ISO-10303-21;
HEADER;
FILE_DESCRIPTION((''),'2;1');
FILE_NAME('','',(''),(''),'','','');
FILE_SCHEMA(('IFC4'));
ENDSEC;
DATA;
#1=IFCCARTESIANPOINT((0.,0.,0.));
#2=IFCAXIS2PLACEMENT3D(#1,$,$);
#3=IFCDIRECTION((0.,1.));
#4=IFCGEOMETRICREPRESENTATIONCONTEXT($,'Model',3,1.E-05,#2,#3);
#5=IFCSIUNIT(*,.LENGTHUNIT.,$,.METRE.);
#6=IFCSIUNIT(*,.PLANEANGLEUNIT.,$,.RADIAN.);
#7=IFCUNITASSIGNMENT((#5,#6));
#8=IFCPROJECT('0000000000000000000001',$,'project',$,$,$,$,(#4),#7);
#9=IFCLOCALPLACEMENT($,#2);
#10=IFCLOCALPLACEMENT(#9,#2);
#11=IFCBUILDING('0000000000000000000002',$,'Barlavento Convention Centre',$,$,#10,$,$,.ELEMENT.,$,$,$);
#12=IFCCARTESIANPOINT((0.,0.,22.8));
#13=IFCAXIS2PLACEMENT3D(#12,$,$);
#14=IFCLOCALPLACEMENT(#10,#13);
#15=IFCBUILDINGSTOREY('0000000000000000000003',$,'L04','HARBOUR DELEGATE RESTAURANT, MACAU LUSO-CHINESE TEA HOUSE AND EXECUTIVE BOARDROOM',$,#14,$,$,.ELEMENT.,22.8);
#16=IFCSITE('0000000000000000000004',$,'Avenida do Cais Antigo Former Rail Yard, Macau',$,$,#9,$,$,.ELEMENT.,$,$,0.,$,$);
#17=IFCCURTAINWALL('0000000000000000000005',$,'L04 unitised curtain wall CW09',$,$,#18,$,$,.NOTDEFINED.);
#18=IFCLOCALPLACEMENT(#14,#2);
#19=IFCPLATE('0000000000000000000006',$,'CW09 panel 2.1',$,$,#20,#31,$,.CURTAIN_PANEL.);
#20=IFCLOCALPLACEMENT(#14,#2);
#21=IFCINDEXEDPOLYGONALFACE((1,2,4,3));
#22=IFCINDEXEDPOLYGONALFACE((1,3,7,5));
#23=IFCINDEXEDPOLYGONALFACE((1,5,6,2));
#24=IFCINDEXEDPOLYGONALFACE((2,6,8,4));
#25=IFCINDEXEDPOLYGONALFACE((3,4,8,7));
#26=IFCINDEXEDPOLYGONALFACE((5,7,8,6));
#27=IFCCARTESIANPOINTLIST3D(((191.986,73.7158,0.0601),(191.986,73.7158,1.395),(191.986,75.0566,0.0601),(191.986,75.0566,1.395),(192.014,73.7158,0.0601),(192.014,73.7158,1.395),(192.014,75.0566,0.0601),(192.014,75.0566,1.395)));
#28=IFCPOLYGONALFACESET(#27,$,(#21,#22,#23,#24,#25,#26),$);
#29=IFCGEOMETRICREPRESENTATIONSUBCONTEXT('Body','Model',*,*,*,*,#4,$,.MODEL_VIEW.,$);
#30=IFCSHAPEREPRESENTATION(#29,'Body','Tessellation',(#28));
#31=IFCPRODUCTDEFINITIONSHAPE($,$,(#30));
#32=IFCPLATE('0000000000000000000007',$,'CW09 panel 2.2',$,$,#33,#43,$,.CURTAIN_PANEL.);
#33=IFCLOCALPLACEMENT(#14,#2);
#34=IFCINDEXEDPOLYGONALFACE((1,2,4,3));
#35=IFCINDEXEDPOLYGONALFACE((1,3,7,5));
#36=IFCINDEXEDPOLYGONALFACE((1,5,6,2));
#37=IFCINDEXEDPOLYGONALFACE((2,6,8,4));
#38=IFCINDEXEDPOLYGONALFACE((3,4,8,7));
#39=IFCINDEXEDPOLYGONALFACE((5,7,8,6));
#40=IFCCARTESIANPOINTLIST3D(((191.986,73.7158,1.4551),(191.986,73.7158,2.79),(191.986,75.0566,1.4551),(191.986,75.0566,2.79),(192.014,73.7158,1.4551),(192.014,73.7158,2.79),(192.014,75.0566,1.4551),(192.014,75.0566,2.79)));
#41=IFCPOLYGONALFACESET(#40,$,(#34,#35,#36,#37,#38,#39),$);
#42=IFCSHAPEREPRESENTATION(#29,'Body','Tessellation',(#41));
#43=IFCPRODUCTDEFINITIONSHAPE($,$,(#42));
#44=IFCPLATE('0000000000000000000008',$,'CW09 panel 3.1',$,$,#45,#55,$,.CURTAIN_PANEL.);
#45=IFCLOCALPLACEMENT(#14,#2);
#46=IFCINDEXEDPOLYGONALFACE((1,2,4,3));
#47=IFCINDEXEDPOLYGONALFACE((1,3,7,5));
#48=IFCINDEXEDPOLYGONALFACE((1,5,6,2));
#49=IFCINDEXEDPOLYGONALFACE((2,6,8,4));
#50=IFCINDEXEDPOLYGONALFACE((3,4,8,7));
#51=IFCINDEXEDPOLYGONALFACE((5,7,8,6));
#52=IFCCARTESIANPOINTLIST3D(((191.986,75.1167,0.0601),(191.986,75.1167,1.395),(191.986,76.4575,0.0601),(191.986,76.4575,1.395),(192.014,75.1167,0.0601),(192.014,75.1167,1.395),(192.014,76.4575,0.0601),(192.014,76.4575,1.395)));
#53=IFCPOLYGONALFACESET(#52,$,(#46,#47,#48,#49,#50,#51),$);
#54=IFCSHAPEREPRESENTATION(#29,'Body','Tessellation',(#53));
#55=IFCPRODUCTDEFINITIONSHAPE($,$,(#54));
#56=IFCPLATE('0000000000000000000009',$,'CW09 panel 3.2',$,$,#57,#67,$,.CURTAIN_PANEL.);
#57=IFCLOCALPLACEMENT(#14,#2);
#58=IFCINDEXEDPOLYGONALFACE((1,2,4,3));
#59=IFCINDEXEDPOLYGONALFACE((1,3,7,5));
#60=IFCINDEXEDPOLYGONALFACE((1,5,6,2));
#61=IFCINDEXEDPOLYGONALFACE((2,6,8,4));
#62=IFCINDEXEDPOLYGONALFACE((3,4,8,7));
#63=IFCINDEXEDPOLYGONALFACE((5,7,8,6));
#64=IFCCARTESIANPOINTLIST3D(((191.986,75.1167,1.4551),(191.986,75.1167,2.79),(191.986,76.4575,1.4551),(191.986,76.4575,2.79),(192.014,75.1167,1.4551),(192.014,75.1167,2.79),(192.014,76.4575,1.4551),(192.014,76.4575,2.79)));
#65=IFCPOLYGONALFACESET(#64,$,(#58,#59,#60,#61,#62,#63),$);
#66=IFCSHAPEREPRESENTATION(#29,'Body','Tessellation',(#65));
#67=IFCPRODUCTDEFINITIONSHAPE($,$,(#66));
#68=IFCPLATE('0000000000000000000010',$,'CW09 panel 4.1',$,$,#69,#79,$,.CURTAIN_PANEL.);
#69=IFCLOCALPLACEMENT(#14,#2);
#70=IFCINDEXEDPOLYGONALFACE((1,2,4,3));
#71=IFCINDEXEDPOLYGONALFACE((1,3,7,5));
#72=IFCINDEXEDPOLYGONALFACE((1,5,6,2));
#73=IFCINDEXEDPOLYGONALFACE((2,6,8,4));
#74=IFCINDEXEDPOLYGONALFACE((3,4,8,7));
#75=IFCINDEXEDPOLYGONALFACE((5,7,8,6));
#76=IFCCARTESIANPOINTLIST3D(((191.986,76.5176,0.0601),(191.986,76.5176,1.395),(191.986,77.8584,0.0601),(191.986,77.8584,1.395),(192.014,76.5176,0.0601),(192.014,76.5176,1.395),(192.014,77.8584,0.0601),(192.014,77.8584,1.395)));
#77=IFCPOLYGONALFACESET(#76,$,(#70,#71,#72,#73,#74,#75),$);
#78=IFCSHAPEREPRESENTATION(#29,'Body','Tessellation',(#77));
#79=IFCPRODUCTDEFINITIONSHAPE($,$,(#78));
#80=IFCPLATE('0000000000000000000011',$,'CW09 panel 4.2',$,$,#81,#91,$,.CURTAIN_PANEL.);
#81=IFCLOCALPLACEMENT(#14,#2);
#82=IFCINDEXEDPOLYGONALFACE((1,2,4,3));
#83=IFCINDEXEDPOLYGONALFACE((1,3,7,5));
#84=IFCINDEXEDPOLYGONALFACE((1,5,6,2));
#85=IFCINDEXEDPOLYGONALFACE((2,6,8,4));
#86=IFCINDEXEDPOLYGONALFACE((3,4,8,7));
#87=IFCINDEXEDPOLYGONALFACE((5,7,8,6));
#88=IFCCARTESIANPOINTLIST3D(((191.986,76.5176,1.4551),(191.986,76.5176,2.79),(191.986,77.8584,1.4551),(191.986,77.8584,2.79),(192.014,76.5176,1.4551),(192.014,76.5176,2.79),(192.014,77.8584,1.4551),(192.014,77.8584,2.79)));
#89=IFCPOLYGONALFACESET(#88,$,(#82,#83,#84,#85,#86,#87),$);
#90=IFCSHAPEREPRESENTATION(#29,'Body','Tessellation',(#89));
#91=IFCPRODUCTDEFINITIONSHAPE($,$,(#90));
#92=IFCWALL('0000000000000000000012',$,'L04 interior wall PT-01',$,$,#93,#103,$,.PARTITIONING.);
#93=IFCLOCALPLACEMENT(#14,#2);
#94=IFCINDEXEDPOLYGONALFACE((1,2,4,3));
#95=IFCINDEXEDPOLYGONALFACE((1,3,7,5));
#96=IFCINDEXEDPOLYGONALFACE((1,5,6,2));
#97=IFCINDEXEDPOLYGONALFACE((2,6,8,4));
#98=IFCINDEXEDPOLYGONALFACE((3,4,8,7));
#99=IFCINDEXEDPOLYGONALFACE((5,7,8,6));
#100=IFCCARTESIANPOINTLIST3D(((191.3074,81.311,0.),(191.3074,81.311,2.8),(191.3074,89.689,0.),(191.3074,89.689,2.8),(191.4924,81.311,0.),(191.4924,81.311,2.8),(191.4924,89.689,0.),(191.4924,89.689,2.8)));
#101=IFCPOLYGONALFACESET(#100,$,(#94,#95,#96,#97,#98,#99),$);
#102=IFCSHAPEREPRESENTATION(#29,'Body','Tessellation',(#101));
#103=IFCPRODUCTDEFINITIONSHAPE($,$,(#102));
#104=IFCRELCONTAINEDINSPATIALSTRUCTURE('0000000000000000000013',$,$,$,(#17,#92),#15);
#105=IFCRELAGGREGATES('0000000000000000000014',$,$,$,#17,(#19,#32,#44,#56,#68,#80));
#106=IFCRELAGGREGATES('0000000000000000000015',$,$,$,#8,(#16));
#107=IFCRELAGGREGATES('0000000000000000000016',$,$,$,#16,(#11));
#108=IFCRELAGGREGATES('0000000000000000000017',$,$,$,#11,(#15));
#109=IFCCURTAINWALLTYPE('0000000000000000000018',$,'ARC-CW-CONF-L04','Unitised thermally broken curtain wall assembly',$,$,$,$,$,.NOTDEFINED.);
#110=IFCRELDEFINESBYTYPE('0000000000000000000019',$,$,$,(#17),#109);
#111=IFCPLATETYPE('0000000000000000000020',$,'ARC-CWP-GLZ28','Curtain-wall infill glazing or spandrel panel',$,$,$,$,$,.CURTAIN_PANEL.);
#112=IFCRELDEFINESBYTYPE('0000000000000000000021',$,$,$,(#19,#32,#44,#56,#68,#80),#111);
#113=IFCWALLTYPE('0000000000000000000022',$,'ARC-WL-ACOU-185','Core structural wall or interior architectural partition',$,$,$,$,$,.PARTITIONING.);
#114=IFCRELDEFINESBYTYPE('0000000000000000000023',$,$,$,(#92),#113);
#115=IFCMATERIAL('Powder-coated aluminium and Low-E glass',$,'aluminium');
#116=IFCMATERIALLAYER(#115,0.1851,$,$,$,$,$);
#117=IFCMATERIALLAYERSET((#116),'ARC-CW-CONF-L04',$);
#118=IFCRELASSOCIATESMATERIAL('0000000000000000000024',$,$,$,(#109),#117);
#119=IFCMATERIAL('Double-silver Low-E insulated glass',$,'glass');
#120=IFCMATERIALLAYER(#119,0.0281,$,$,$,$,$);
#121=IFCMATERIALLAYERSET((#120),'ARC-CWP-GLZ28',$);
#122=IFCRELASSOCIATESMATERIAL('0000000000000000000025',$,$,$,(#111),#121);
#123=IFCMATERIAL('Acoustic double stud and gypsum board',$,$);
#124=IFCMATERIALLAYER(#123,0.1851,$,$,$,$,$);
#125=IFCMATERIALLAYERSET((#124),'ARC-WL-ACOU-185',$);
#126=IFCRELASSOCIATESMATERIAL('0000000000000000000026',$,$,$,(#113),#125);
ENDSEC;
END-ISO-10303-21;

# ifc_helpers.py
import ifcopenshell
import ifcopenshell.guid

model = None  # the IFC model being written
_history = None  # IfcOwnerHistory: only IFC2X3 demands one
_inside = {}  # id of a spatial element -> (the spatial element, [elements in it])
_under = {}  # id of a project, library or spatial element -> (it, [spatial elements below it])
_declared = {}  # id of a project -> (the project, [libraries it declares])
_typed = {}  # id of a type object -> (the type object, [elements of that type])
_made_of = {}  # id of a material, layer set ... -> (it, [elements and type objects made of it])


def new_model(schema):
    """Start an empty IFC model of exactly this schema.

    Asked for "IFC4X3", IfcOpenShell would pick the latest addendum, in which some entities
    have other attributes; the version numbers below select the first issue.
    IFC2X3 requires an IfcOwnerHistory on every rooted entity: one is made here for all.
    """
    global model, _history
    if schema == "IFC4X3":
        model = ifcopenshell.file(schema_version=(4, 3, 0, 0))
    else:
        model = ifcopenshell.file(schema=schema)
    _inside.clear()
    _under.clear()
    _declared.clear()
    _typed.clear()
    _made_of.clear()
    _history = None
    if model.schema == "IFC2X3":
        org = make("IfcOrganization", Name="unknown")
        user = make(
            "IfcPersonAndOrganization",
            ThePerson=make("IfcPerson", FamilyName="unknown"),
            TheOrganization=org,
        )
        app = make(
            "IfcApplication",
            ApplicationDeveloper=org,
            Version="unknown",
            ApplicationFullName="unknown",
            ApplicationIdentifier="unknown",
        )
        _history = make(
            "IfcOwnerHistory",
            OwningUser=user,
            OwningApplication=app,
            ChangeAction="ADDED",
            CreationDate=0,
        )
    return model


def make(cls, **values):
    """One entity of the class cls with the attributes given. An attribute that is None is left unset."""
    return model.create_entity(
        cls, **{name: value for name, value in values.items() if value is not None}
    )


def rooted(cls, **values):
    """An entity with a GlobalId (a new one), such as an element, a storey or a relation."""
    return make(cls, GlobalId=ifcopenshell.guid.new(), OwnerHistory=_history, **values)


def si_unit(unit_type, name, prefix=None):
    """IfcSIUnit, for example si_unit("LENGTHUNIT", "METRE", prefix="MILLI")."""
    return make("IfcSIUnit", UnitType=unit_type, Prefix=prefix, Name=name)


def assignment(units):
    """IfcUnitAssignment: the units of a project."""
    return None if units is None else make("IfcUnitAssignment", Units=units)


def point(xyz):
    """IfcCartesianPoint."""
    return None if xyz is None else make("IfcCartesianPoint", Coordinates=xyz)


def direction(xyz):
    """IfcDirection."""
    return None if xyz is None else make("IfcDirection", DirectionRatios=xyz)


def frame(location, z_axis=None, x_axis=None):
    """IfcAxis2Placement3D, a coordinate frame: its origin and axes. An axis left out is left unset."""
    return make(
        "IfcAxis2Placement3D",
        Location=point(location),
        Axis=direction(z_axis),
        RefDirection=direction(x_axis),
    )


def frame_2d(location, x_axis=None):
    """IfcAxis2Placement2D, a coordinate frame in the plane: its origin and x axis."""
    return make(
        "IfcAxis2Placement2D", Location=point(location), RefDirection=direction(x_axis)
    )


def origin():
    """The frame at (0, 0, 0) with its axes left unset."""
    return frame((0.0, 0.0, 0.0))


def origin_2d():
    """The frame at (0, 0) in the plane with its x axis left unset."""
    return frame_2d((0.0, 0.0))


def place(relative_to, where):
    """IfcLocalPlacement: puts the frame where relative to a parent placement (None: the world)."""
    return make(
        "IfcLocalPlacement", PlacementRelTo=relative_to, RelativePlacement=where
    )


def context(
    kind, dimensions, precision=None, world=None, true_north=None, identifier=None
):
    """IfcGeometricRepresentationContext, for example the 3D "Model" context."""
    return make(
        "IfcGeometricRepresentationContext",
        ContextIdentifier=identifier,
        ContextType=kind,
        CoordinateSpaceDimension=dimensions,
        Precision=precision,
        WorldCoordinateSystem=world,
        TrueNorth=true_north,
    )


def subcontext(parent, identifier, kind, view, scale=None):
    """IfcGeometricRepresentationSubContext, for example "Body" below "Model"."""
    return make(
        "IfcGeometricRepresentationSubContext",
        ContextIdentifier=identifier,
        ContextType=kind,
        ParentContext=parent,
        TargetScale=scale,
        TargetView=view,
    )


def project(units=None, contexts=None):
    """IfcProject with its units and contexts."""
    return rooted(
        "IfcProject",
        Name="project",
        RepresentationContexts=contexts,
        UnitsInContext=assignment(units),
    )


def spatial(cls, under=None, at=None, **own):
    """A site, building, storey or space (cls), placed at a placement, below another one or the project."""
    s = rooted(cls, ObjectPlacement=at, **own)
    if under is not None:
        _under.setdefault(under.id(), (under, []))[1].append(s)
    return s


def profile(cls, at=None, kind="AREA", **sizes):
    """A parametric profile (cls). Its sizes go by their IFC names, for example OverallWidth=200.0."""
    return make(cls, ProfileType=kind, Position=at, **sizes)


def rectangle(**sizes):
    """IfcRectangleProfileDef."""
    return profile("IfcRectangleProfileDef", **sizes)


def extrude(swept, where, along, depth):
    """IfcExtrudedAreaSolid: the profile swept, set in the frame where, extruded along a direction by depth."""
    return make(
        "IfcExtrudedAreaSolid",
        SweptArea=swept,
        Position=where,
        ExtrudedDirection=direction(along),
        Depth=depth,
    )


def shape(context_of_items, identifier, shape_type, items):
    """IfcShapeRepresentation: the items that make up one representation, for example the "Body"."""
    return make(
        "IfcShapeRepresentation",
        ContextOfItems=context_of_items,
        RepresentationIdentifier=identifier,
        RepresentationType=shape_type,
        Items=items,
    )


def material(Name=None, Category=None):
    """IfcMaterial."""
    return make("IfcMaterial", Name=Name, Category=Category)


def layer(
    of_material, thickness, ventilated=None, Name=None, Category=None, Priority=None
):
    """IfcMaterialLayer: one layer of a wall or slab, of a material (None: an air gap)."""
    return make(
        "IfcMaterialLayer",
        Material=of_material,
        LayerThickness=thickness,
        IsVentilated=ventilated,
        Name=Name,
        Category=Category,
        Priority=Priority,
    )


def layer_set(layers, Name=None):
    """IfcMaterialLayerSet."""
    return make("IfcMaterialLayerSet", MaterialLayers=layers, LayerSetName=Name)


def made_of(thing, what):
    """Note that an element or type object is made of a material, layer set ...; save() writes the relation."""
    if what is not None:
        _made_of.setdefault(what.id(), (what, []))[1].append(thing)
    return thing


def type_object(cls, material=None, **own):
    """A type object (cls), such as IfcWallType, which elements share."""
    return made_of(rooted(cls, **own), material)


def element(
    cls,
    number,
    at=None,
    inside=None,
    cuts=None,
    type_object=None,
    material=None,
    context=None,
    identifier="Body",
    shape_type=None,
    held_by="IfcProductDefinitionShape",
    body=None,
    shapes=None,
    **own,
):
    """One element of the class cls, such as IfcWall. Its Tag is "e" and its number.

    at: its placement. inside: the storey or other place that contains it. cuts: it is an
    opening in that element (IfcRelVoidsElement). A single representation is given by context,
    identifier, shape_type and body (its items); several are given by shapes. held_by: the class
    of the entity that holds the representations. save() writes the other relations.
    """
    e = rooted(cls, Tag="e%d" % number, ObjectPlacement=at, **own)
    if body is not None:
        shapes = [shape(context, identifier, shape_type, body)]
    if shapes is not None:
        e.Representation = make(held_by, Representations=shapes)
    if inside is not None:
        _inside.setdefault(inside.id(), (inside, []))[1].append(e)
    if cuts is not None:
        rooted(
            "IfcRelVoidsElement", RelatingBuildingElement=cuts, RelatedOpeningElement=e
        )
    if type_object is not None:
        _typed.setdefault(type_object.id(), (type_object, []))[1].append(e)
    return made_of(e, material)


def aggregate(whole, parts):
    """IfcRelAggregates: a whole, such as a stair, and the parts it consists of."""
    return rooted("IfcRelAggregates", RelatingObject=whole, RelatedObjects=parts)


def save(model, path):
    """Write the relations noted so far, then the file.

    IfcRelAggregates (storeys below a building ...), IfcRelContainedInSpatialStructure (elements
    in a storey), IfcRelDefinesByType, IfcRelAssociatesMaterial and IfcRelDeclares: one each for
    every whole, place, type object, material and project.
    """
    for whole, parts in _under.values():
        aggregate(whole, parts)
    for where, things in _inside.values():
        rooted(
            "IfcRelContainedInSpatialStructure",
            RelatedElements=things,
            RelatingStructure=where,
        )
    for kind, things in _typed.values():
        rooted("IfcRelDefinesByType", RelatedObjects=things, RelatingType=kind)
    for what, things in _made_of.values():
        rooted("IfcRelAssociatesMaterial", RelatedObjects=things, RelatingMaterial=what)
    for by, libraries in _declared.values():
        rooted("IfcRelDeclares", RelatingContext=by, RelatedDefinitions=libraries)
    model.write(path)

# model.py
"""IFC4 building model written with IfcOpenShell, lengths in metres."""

from ifc_helpers import new_model, si_unit, direction, frame, frame_2d, origin, origin_2d, place, context, subcontext, project, spatial, rectangle, extrude, material, layer, layer_set, type_object, element, aggregate, save


model = new_model("IFC4")

# Units and contexts
model_context = context("Model", 3, precision=1e-05, world=origin(), true_north=direction((0.0, 1.0)))
body_context = subcontext(model_context, "Body", "Model", "MODEL_VIEW")
ifc_project = project(units=[si_unit("LENGTHUNIT", "METRE"), si_unit("PLANEANGLEUNIT", "RADIAN")], contexts=[model_context])

# Site, building, storey
site_placement = place(None, origin())
site = spatial("IfcSite", under=ifc_project, at=site_placement, Name="Avenida do Cais Antigo Former Rail Yard, Macau", CompositionType="ELEMENT", RefElevation=0.0)
building_placement = place(site_placement, origin())
building = spatial("IfcBuilding", under=site, at=building_placement, Name="Barlavento Convention Centre", CompositionType="ELEMENT")
storey_placement = place(building_placement, frame((0.0, 0.0, 22.8)))
storey = spatial("IfcBuildingStorey", under=building, at=storey_placement, Name="L04", Description="HARBOUR DELEGATE RESTAURANT, MACAU LUSO-CHINESE TEA HOUSE AND EXECUTIVE BOARDROOM", CompositionType="ELEMENT", Elevation=22.8)

# Curtain wall
ifc_material_1 = material(Name="Powder-coated aluminium and Low-E glass", Category="aluminium")
ifc_layer_1 = layer(ifc_material_1, 0.1851)
ifc_layer_set_1 = layer_set([ifc_layer_1], Name="ARC-CW-CONF-L04")
curtain_wall_type = type_object("IfcCurtainWallType", Name="ARC-CW-CONF-L04", Description="Unitised thermally broken curtain wall assembly", PredefinedType="NOTDEFINED", material=ifc_layer_set_1)
curtain_wall_placement = place(storey_placement, origin())
curtain_wall = element("IfcCurtainWall", 1, at=curtain_wall_placement, inside=storey, type_object=curtain_wall_type, Name="L04 unitised curtain wall CW09", PredefinedType="NOTDEFINED")

# Plates
ifc_material_2 = material(Name="Double-silver Low-E insulated glass", Category="glass")
ifc_layer_2 = layer(ifc_material_2, 0.0281)
ifc_layer_set_2 = layer_set([ifc_layer_2], Name="ARC-CWP-GLZ28")
plate_type = type_object("IfcPlateType", Name="ARC-CWP-GLZ28", Description="Curtain-wall infill glazing or spandrel panel", PredefinedType="CURTAIN_PANEL", material=ifc_layer_set_2)
plate_1_placement = place(storey_placement, frame((192.0, 74.3862, 0.0601), z_axis=(0.0, 0.0, 1.0), x_axis=(0.0, 1.0, 0.0)))
plate_1 = element("IfcPlate", 2, at=plate_1_placement, type_object=plate_type, Name="CW09 panel 2.1", PredefinedType="CURTAIN_PANEL", context=body_context, shape_type="SweptSolid", body=[
    extrude(rectangle(XDim=1.3408, YDim=0.0281, at=origin_2d()), origin(), (0.0, 0.0, 1.0), 1.335),
])
plate_2_placement = place(storey_placement, frame((192.0, 74.3862, 1.4551), z_axis=(0.0, 0.0, 1.0), x_axis=(0.0, 1.0, 0.0)))
plate_2 = element("IfcPlate", 3, at=plate_2_placement, type_object=plate_type, Name="CW09 panel 2.2", PredefinedType="CURTAIN_PANEL", context=body_context, shape_type="SweptSolid", body=[
    extrude(rectangle(XDim=1.3408, YDim=0.0281, at=origin_2d()), origin(), (0.0, 0.0, 1.0), 1.335),
])
plate_3_placement = place(storey_placement, frame((192.0, 75.7871, 0.0601), z_axis=(0.0, 0.0, 1.0), x_axis=(0.0, 1.0, 0.0)))
plate_3 = element("IfcPlate", 4, at=plate_3_placement, type_object=plate_type, Name="CW09 panel 3.1", PredefinedType="CURTAIN_PANEL", context=body_context, shape_type="SweptSolid", body=[
    extrude(rectangle(XDim=1.3408, YDim=0.0281, at=origin_2d()), origin(), (0.0, 0.0, 1.0), 1.335),
])
plate_4_placement = place(storey_placement, frame((192.0, 75.7871, 1.4551), z_axis=(0.0, 0.0, 1.0), x_axis=(0.0, 1.0, 0.0)))
plate_4 = element("IfcPlate", 5, at=plate_4_placement, type_object=plate_type, Name="CW09 panel 3.2", PredefinedType="CURTAIN_PANEL", context=body_context, shape_type="SweptSolid", body=[
    extrude(rectangle(XDim=1.3408, YDim=0.0281, at=origin_2d()), origin(), (0.0, 0.0, 1.0), 1.335),
])
plate_5_placement = place(storey_placement, frame((192.0, 77.188, 0.0601), z_axis=(0.0, 0.0, 1.0), x_axis=(0.0, 1.0, 0.0)))
plate_5 = element("IfcPlate", 6, at=plate_5_placement, type_object=plate_type, Name="CW09 panel 4.1", PredefinedType="CURTAIN_PANEL", context=body_context, shape_type="SweptSolid", body=[
    extrude(rectangle(XDim=1.3408, YDim=0.0281, at=origin_2d()), origin(), (0.0, 0.0, 1.0), 1.335),
])
plate_6_placement = place(storey_placement, frame((192.0, 77.188, 1.4551), z_axis=(0.0, 0.0, 1.0), x_axis=(0.0, 1.0, 0.0)))
plate_6 = element("IfcPlate", 7, at=plate_6_placement, type_object=plate_type, Name="CW09 panel 4.2", PredefinedType="CURTAIN_PANEL", context=body_context, shape_type="SweptSolid", body=[
    extrude(rectangle(XDim=1.3408, YDim=0.0281, at=origin_2d()), origin(), (0.0, 0.0, 1.0), 1.335),
])
aggregate(curtain_wall, [plate_1, plate_2, plate_3, plate_4, plate_5, plate_6])

# Wall
ifc_material_3 = material(Name="Acoustic double stud and gypsum board")
ifc_layer_3 = layer(ifc_material_3, 0.1851)
ifc_layer_set_3 = layer_set([ifc_layer_3], Name="ARC-WL-ACOU-185")
wall_type = type_object("IfcWallType", Name="ARC-WL-ACOU-185", Description="Core structural wall or interior architectural partition", PredefinedType="PARTITIONING", material=ifc_layer_set_3)
wall_placement = place(storey_placement, frame((191.3999, 81.311, 0.0), z_axis=(0.0, 0.0, 1.0), x_axis=(0.0, 1.0, 0.0)))
element("IfcWall", 8, at=wall_placement, inside=storey, type_object=wall_type, Name="L04 interior wall PT-01", PredefinedType="PARTITIONING", context=body_context, shape_type="SweptSolid", body=[
    extrude(rectangle(XDim=8.3779, YDim=0.1851, at=frame_2d((4.189, 0.0))), origin(), (0.0, 0.0, 1.0), 2.8),
])

save(model, "model.ifc")
